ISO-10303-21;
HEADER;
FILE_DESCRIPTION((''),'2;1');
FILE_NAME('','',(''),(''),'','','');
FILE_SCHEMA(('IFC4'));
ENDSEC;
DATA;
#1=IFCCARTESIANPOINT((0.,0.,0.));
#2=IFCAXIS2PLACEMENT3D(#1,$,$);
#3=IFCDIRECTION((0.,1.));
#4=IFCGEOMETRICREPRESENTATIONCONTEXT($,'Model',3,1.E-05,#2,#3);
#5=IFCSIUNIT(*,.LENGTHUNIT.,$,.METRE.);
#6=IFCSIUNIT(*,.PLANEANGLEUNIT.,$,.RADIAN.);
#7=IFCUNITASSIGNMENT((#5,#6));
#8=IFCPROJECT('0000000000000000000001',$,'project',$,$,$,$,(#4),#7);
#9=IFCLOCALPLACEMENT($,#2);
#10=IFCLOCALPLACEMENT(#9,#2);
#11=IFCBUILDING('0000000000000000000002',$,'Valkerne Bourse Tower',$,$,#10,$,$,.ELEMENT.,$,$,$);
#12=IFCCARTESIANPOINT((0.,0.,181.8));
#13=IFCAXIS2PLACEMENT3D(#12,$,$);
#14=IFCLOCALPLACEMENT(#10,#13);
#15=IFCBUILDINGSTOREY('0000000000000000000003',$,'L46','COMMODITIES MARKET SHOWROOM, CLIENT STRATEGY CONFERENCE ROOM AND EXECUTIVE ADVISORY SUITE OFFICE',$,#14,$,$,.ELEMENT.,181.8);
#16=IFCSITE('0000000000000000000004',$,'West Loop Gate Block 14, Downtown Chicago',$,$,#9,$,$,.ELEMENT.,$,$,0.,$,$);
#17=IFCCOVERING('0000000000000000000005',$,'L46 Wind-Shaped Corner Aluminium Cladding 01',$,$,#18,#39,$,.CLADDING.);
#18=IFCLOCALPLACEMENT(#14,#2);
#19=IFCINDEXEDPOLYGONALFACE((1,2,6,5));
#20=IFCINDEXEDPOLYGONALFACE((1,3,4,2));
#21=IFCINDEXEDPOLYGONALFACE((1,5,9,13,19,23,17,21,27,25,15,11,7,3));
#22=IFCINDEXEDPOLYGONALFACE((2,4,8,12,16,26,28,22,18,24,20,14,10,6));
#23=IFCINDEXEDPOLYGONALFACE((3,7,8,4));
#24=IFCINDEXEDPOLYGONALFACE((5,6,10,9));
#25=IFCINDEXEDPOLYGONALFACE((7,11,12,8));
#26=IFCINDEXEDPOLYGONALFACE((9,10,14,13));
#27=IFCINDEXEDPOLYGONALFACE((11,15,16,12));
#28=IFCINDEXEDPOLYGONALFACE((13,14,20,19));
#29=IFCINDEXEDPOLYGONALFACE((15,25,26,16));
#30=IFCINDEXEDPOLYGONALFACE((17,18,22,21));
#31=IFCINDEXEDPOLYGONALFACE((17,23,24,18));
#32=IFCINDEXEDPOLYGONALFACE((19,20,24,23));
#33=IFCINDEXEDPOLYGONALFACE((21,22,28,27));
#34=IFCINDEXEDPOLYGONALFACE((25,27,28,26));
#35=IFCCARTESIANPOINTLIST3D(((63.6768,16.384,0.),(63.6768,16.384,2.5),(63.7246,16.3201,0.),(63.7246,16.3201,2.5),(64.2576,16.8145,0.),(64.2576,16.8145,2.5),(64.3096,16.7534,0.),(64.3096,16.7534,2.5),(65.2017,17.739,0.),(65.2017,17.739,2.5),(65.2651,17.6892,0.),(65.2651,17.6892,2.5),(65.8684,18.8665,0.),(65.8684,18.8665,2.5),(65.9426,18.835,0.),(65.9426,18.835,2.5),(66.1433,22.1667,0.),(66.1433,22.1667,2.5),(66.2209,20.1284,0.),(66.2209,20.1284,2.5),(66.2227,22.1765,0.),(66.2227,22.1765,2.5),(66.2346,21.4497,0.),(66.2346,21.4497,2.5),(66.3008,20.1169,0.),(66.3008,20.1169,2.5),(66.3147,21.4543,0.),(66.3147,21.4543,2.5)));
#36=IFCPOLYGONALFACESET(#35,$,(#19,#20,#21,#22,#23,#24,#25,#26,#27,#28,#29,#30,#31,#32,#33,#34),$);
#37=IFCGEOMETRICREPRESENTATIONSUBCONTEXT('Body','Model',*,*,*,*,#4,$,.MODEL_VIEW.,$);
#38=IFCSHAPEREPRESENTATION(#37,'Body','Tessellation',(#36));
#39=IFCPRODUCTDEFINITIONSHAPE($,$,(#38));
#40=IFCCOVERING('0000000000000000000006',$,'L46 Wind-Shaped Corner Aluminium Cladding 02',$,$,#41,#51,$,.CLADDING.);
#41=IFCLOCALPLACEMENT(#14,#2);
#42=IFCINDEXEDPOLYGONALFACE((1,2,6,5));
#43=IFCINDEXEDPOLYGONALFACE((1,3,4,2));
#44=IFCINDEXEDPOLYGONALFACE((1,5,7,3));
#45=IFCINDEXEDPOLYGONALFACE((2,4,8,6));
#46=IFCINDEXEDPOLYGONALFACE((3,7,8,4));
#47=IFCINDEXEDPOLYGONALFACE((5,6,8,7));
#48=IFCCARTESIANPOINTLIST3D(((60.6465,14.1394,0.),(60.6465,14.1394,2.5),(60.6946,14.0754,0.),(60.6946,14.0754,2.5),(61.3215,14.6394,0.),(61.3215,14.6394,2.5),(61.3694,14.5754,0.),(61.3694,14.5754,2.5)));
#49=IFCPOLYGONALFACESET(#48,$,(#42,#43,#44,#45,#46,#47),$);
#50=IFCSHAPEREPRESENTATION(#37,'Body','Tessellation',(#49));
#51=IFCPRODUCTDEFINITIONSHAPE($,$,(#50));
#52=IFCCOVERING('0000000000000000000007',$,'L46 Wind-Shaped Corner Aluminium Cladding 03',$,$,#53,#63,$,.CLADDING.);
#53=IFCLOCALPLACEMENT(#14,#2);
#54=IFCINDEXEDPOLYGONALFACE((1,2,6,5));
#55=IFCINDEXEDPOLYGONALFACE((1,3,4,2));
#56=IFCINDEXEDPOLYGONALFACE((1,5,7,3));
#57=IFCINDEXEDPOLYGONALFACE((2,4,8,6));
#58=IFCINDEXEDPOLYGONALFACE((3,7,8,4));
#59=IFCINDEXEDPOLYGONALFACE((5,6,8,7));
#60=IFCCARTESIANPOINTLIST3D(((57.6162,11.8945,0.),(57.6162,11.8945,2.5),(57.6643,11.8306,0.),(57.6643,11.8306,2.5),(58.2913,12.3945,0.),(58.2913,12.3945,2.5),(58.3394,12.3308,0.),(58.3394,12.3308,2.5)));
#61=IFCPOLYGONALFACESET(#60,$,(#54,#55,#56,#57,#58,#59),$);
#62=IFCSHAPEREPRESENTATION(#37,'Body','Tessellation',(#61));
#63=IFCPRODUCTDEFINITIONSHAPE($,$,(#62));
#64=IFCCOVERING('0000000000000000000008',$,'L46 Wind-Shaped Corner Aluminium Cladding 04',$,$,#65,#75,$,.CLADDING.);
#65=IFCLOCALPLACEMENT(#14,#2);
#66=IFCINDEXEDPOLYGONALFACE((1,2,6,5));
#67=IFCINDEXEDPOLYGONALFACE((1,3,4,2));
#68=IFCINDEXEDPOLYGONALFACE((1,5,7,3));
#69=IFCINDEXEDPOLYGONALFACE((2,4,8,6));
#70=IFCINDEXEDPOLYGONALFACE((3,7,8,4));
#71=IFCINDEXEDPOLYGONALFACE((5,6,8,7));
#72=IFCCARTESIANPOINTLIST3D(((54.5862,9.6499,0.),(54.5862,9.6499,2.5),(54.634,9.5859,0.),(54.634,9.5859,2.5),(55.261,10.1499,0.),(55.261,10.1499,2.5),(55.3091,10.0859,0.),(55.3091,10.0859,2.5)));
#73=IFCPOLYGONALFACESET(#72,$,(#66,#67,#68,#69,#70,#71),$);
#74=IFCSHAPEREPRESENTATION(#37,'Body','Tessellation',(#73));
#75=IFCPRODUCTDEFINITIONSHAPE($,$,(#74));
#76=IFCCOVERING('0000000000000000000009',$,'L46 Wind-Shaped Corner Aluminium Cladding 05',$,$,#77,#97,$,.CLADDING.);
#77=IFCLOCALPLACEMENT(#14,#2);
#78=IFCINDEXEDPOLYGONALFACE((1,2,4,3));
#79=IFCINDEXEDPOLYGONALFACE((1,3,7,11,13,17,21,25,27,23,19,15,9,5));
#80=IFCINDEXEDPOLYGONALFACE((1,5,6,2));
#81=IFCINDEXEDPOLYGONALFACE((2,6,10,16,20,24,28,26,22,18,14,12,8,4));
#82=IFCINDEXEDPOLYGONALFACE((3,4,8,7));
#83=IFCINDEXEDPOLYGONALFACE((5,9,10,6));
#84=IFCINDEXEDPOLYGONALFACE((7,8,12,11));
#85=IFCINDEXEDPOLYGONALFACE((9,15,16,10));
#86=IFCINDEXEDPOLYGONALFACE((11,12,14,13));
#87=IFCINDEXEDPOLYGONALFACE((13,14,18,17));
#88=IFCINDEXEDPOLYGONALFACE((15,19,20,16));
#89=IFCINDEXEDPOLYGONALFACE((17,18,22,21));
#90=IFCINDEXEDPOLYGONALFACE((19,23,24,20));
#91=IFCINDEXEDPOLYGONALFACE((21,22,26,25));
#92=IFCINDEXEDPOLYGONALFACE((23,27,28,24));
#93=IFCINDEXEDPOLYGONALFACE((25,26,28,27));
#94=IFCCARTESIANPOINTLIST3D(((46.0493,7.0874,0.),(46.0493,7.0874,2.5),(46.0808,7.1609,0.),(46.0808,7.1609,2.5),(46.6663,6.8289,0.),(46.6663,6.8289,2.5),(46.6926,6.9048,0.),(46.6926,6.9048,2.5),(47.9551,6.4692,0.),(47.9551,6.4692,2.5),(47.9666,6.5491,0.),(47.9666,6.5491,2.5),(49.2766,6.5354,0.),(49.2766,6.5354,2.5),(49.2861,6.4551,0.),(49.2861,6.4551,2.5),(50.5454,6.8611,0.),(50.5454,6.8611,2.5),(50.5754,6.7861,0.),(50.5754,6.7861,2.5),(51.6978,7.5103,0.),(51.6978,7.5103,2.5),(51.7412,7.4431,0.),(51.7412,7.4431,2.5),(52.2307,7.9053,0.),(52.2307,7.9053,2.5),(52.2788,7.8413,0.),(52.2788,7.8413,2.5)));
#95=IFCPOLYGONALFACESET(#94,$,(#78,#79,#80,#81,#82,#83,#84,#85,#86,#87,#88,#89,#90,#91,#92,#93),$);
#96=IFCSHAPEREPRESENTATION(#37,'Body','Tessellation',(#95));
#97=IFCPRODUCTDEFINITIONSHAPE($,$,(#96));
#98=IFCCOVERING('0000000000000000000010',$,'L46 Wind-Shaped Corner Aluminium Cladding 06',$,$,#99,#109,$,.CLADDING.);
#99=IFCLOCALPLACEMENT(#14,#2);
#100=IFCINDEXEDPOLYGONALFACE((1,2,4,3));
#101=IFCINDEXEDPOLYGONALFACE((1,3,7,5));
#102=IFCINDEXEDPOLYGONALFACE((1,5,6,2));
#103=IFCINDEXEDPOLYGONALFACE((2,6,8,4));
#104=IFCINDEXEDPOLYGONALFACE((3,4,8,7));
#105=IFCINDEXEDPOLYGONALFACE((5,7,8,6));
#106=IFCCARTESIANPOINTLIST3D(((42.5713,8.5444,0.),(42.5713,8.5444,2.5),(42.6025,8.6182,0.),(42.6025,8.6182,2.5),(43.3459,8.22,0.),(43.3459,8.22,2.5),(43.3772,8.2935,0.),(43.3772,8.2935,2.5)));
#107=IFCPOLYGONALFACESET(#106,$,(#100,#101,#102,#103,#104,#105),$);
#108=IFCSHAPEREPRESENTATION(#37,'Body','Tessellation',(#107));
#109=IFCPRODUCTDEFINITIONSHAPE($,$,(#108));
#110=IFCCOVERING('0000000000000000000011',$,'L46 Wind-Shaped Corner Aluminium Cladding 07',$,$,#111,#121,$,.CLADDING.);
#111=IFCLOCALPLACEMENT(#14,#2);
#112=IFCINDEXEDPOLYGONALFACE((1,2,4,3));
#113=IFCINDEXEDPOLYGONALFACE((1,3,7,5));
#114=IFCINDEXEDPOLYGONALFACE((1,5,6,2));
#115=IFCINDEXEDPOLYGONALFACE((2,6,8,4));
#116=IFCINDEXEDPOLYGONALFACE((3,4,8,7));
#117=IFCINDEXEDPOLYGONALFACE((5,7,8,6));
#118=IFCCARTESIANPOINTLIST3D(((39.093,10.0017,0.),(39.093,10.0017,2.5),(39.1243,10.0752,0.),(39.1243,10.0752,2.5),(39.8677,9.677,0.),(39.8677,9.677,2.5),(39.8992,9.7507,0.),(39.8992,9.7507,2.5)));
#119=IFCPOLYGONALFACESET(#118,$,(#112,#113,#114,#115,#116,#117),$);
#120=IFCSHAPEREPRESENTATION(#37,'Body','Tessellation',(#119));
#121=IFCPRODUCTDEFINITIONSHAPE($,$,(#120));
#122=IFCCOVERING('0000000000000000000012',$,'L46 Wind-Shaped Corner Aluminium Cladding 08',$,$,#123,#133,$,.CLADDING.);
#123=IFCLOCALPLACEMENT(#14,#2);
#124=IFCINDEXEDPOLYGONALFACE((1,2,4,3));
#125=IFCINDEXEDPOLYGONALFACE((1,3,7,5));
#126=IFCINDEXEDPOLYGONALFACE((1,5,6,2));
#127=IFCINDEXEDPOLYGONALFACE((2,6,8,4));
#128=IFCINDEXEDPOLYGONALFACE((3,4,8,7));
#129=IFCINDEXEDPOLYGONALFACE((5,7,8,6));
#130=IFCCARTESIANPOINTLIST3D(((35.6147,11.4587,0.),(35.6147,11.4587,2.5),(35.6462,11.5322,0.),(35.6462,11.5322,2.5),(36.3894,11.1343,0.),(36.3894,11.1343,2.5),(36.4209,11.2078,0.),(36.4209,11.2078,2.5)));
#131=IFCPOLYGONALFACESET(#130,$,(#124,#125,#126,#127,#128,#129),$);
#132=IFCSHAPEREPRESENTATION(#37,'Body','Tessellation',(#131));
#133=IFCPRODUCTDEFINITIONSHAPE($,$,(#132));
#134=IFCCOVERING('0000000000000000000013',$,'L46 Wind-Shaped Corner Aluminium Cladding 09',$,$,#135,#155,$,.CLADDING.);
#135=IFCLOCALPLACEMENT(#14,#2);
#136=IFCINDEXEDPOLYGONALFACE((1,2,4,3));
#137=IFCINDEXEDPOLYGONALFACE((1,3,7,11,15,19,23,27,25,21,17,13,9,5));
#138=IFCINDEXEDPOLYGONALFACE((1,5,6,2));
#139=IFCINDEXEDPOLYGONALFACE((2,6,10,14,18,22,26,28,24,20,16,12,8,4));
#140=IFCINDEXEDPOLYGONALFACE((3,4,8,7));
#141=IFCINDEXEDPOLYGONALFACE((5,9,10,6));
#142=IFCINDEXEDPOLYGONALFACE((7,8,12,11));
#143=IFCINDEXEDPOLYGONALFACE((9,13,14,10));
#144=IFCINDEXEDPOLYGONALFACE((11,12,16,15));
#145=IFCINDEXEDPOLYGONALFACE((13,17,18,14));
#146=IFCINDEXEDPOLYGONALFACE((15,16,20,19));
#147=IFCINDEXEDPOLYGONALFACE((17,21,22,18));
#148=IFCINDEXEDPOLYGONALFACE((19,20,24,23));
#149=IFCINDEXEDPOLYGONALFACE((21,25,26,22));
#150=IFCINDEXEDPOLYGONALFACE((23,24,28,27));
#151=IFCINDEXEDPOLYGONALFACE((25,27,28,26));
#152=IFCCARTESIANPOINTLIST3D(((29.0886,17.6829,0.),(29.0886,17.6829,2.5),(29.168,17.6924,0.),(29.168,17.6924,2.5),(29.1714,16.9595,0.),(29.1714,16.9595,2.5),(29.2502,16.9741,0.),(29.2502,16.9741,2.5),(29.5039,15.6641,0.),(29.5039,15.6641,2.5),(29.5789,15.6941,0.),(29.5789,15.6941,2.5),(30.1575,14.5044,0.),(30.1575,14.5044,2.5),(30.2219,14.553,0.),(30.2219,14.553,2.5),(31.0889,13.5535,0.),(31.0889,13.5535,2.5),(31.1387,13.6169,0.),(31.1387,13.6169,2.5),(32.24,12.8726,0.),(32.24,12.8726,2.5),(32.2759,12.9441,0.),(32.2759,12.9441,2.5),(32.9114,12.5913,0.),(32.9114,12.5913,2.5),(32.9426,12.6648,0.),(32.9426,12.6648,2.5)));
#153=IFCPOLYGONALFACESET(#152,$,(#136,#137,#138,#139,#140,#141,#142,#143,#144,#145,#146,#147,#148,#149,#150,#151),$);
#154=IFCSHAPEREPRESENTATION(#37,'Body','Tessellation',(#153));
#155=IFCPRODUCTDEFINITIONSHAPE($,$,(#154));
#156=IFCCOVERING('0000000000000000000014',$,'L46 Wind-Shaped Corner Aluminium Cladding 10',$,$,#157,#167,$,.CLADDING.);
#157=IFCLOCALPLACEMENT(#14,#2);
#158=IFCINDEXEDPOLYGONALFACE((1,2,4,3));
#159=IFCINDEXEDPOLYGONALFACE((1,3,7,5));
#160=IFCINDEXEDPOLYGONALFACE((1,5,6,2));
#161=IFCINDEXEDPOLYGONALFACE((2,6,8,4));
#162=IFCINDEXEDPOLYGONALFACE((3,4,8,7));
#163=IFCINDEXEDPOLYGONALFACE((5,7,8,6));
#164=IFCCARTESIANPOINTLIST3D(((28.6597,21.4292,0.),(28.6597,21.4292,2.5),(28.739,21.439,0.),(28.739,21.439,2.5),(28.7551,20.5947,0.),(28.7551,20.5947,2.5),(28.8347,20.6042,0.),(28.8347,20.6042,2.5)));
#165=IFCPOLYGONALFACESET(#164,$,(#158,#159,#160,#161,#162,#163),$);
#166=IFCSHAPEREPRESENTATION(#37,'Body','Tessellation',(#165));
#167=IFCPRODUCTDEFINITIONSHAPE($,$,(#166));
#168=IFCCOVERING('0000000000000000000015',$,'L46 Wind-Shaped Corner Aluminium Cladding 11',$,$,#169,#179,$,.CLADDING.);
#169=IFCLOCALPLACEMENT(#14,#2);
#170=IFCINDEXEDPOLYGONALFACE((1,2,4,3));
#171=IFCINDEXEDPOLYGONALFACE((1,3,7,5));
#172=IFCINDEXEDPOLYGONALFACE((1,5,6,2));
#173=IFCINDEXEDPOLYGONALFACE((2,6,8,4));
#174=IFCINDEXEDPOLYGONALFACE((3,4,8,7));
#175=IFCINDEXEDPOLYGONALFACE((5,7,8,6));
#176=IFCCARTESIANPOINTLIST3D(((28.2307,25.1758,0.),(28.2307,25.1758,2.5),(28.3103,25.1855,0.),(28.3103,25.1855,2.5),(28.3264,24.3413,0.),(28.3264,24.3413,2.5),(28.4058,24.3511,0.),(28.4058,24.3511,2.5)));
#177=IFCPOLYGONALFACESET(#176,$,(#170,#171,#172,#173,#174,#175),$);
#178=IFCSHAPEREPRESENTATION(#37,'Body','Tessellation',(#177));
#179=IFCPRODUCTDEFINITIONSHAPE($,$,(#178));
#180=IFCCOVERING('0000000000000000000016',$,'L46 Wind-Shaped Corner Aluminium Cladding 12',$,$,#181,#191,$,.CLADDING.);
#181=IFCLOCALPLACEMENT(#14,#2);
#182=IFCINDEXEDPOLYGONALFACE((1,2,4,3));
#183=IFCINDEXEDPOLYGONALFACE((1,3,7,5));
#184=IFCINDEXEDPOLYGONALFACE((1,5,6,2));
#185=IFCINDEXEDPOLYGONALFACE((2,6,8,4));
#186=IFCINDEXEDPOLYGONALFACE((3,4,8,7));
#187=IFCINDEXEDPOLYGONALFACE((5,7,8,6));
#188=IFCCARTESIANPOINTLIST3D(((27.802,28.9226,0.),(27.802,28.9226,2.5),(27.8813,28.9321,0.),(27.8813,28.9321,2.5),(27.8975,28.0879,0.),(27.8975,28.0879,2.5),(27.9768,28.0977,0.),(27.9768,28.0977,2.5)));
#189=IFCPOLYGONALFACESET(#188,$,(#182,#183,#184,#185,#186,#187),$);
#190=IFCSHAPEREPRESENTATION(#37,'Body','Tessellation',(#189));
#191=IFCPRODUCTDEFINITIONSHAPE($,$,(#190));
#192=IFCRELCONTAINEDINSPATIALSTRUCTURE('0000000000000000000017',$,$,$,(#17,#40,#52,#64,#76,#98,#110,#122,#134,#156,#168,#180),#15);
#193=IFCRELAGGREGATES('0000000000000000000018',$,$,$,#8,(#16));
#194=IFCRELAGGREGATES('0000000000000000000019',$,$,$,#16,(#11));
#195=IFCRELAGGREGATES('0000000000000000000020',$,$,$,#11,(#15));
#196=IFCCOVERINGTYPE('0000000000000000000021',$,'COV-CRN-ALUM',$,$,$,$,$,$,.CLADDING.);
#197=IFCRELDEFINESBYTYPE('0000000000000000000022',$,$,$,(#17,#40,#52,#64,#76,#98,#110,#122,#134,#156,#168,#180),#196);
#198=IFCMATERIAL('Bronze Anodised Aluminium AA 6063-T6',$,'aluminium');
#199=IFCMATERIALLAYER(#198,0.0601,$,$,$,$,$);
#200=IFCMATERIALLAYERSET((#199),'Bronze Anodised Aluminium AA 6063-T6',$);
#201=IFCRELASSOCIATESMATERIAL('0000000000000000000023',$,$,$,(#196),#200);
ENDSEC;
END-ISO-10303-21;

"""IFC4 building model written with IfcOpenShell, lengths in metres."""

from ifc_helpers import new_model, si_unit, direction, frame, origin, place, context, subcontext, project, spatial, polyline, outline, extrude, material, layer, layer_set, type_object, element, save


model = new_model("IFC4")

# Units and contexts
model_context = context("Model", 3, precision=1e-05, world=origin(), true_north=direction((0.0, 1.0)))
body_context = subcontext(model_context, "Body", "Model", "MODEL_VIEW")
ifc_project = project(units=[si_unit("LENGTHUNIT", "METRE"), si_unit("PLANEANGLEUNIT", "RADIAN")], contexts=[model_context])

# Site, building, storey
site_placement = place(None, origin())
site = spatial("IfcSite", under=ifc_project, at=site_placement, Name="West Loop Gate Block 14, Downtown Chicago", CompositionType="ELEMENT", RefElevation=0.0)
building_placement = place(site_placement, origin())
building = spatial("IfcBuilding", under=site, at=building_placement, Name="Valkerne Bourse Tower", CompositionType="ELEMENT")
storey_placement = place(building_placement, frame((0.0, 0.0, 181.8)))
storey = spatial("IfcBuildingStorey", under=building, at=storey_placement, Name="L46", Description="COMMODITIES MARKET SHOWROOM, CLIENT STRATEGY CONFERENCE ROOM AND EXECUTIVE ADVISORY SUITE OFFICE", CompositionType="ELEMENT", Elevation=181.8)

# Coverings
ifc_material_1 = material(Name="Bronze Anodised Aluminium AA 6063-T6", Category="aluminium")
ifc_layer_1 = layer(ifc_material_1, 0.0601)
ifc_layer_set_1 = layer_set([ifc_layer_1], Name="Bronze Anodised Aluminium AA 6063-T6")
covering_type = type_object("IfcCoveringType", Name="COV-CRN-ALUM", PredefinedType="CLADDING", material=ifc_layer_set_1)
covering_1_placement = place(storey_placement, origin())
element("IfcCovering", 1, at=covering_1_placement, inside=storey, type_object=covering_type, Name="L46 Wind-Shaped Corner Aluminium Cladding 01", PredefinedType="CLADDING", context=body_context, shape_type="SweptSolid", body=[
    extrude(outline(polyline([(66.3008, 20.1169), (65.9426, 18.835), (65.2651, 17.6892), (64.3096, 16.7534), (63.7246, 16.3201), (63.6768, 16.384), (64.2576, 16.8145), (65.2017, 17.739), (65.8684, 18.8665), (66.2209, 20.1284), (66.2346, 21.4497), (66.1433, 22.1667), (66.2227, 22.1765), (66.3147, 21.4543), (66.3008, 20.1169)])), origin(), (0.0, 0.0, 1.0), 2.5),
])
covering_2_placement = place(storey_placement, origin())
element("IfcCovering", 2, at=covering_2_placement, inside=storey, type_object=covering_type, Name="L46 Wind-Shaped Corner Aluminium Cladding 02", PredefinedType="CLADDING", context=body_context, shape_type="SweptSolid", body=[
    extrude(outline(polyline([(60.6946, 14.0754), (60.6465, 14.1394), (61.3215, 14.6394), (61.3694, 14.5754), (60.6946, 14.0754)])), origin(), (0.0, 0.0, 1.0), 2.5),
])
covering_3_placement = place(storey_placement, origin())
element("IfcCovering", 3, at=covering_3_placement, inside=storey, type_object=covering_type, Name="L46 Wind-Shaped Corner Aluminium Cladding 03", PredefinedType="CLADDING", context=body_context, shape_type="SweptSolid", body=[
    extrude(outline(polyline([(57.6643, 11.8306), (57.6162, 11.8945), (58.2913, 12.3945), (58.3394, 12.3308), (57.6643, 11.8306)])), origin(), (0.0, 0.0, 1.0), 2.5),
])
covering_4_placement = place(storey_placement, origin())
element("IfcCovering", 4, at=covering_4_placement, inside=storey, type_object=covering_type, Name="L46 Wind-Shaped Corner Aluminium Cladding 04", PredefinedType="CLADDING", context=body_context, shape_type="SweptSolid", body=[
    extrude(outline(polyline([(54.634, 9.5859), (54.5862, 9.6499), (55.261, 10.1499), (55.3091, 10.0859), (54.634, 9.5859)])), origin(), (0.0, 0.0, 1.0), 2.5),
])
covering_5_placement = place(storey_placement, origin())
element("IfcCovering", 5, at=covering_5_placement, inside=storey, type_object=covering_type, Name="L46 Wind-Shaped Corner Aluminium Cladding 05", PredefinedType="CLADDING", context=body_context, shape_type="SweptSolid", body=[
    extrude(outline(polyline([(51.7412, 7.4431), (50.5754, 6.7861), (49.2861, 6.4551), (47.9551, 6.4692), (46.6663, 6.8289), (46.0493, 7.0874), (46.0808, 7.1609), (46.6926, 6.9048), (47.9666, 6.5491), (49.2766, 6.5354), (50.5454, 6.8611), (51.6978, 7.5103), (52.2307, 7.9053), (52.2788, 7.8413), (51.7412, 7.4431)])), origin(), (0.0, 0.0, 1.0), 2.5),
])
covering_6_placement = place(storey_placement, origin())
element("IfcCovering", 6, at=covering_6_placement, inside=storey, type_object=covering_type, Name="L46 Wind-Shaped Corner Aluminium Cladding 06", PredefinedType="CLADDING", context=body_context, shape_type="SweptSolid", body=[
    extrude(outline(polyline([(42.5713, 8.5444), (42.6025, 8.6182), (43.3772, 8.2935), (43.3459, 8.22), (42.5713, 8.5444)])), origin(), (0.0, 0.0, 1.0), 2.5),
])
covering_7_placement = place(storey_placement, origin())
element("IfcCovering", 7, at=covering_7_placement, inside=storey, type_object=covering_type, Name="L46 Wind-Shaped Corner Aluminium Cladding 07", PredefinedType="CLADDING", context=body_context, shape_type="SweptSolid", body=[
    extrude(outline(polyline([(39.093, 10.0017), (39.1243, 10.0752), (39.8992, 9.7507), (39.8677, 9.677), (39.093, 10.0017)])), origin(), (0.0, 0.0, 1.0), 2.5),
])
covering_8_placement = place(storey_placement, origin())
element("IfcCovering", 8, at=covering_8_placement, inside=storey, type_object=covering_type, Name="L46 Wind-Shaped Corner Aluminium Cladding 08", PredefinedType="CLADDING", context=body_context, shape_type="SweptSolid", body=[
    extrude(outline(polyline([(35.6147, 11.4587), (35.6462, 11.5322), (36.4209, 11.2078), (36.3894, 11.1343), (35.6147, 11.4587)])), origin(), (0.0, 0.0, 1.0), 2.5),
])
covering_9_placement = place(storey_placement, origin())
element("IfcCovering", 9, at=covering_9_placement, inside=storey, type_object=covering_type, Name="L46 Wind-Shaped Corner Aluminium Cladding 09", PredefinedType="CLADDING", context=body_context, shape_type="SweptSolid", body=[
    extrude(outline(polyline([(32.24, 12.8726), (31.0889, 13.5535), (30.1575, 14.5044), (29.5039, 15.6641), (29.1714, 16.9595), (29.0886, 17.6829), (29.168, 17.6924), (29.2502, 16.9741), (29.5789, 15.6941), (30.2219, 14.553), (31.1387, 13.6169), (32.2759, 12.9441), (32.9426, 12.6648), (32.9114, 12.5913), (32.24, 12.8726)])), origin(), (0.0, 0.0, 1.0), 2.5),
])
covering_10_placement = place(storey_placement, origin())
element("IfcCovering", 10, at=covering_10_placement, inside=storey, type_object=covering_type, Name="L46 Wind-Shaped Corner Aluminium Cladding 10", PredefinedType="CLADDING", context=body_context, shape_type="SweptSolid", body=[
    extrude(outline(polyline([(28.6597, 21.4292), (28.739, 21.439), (28.8347, 20.6042), (28.7551, 20.5947), (28.6597, 21.4292)])), origin(), (0.0, 0.0, 1.0), 2.5),
])
covering_11_placement = place(storey_placement, origin())
element("IfcCovering", 11, at=covering_11_placement, inside=storey, type_object=covering_type, Name="L46 Wind-Shaped Corner Aluminium Cladding 11", PredefinedType="CLADDING", context=body_context, shape_type="SweptSolid", body=[
    extrude(outline(polyline([(28.2307, 25.1758), (28.3103, 25.1855), (28.4058, 24.3511), (28.3264, 24.3413), (28.2307, 25.1758)])), origin(), (0.0, 0.0, 1.0), 2.5),
])
covering_12_placement = place(storey_placement, origin())
element("IfcCovering", 12, at=covering_12_placement, inside=storey, type_object=covering_type, Name="L46 Wind-Shaped Corner Aluminium Cladding 12", PredefinedType="CLADDING", context=body_context, shape_type="SweptSolid", body=[
    extrude(outline(polyline([(27.802, 28.9226), (27.8813, 28.9321), (27.9768, 28.0977), (27.8975, 28.0879), (27.802, 28.9226)])), origin(), (0.0, 0.0, 1.0), 2.5),
])

save(model, "model.ifc")
